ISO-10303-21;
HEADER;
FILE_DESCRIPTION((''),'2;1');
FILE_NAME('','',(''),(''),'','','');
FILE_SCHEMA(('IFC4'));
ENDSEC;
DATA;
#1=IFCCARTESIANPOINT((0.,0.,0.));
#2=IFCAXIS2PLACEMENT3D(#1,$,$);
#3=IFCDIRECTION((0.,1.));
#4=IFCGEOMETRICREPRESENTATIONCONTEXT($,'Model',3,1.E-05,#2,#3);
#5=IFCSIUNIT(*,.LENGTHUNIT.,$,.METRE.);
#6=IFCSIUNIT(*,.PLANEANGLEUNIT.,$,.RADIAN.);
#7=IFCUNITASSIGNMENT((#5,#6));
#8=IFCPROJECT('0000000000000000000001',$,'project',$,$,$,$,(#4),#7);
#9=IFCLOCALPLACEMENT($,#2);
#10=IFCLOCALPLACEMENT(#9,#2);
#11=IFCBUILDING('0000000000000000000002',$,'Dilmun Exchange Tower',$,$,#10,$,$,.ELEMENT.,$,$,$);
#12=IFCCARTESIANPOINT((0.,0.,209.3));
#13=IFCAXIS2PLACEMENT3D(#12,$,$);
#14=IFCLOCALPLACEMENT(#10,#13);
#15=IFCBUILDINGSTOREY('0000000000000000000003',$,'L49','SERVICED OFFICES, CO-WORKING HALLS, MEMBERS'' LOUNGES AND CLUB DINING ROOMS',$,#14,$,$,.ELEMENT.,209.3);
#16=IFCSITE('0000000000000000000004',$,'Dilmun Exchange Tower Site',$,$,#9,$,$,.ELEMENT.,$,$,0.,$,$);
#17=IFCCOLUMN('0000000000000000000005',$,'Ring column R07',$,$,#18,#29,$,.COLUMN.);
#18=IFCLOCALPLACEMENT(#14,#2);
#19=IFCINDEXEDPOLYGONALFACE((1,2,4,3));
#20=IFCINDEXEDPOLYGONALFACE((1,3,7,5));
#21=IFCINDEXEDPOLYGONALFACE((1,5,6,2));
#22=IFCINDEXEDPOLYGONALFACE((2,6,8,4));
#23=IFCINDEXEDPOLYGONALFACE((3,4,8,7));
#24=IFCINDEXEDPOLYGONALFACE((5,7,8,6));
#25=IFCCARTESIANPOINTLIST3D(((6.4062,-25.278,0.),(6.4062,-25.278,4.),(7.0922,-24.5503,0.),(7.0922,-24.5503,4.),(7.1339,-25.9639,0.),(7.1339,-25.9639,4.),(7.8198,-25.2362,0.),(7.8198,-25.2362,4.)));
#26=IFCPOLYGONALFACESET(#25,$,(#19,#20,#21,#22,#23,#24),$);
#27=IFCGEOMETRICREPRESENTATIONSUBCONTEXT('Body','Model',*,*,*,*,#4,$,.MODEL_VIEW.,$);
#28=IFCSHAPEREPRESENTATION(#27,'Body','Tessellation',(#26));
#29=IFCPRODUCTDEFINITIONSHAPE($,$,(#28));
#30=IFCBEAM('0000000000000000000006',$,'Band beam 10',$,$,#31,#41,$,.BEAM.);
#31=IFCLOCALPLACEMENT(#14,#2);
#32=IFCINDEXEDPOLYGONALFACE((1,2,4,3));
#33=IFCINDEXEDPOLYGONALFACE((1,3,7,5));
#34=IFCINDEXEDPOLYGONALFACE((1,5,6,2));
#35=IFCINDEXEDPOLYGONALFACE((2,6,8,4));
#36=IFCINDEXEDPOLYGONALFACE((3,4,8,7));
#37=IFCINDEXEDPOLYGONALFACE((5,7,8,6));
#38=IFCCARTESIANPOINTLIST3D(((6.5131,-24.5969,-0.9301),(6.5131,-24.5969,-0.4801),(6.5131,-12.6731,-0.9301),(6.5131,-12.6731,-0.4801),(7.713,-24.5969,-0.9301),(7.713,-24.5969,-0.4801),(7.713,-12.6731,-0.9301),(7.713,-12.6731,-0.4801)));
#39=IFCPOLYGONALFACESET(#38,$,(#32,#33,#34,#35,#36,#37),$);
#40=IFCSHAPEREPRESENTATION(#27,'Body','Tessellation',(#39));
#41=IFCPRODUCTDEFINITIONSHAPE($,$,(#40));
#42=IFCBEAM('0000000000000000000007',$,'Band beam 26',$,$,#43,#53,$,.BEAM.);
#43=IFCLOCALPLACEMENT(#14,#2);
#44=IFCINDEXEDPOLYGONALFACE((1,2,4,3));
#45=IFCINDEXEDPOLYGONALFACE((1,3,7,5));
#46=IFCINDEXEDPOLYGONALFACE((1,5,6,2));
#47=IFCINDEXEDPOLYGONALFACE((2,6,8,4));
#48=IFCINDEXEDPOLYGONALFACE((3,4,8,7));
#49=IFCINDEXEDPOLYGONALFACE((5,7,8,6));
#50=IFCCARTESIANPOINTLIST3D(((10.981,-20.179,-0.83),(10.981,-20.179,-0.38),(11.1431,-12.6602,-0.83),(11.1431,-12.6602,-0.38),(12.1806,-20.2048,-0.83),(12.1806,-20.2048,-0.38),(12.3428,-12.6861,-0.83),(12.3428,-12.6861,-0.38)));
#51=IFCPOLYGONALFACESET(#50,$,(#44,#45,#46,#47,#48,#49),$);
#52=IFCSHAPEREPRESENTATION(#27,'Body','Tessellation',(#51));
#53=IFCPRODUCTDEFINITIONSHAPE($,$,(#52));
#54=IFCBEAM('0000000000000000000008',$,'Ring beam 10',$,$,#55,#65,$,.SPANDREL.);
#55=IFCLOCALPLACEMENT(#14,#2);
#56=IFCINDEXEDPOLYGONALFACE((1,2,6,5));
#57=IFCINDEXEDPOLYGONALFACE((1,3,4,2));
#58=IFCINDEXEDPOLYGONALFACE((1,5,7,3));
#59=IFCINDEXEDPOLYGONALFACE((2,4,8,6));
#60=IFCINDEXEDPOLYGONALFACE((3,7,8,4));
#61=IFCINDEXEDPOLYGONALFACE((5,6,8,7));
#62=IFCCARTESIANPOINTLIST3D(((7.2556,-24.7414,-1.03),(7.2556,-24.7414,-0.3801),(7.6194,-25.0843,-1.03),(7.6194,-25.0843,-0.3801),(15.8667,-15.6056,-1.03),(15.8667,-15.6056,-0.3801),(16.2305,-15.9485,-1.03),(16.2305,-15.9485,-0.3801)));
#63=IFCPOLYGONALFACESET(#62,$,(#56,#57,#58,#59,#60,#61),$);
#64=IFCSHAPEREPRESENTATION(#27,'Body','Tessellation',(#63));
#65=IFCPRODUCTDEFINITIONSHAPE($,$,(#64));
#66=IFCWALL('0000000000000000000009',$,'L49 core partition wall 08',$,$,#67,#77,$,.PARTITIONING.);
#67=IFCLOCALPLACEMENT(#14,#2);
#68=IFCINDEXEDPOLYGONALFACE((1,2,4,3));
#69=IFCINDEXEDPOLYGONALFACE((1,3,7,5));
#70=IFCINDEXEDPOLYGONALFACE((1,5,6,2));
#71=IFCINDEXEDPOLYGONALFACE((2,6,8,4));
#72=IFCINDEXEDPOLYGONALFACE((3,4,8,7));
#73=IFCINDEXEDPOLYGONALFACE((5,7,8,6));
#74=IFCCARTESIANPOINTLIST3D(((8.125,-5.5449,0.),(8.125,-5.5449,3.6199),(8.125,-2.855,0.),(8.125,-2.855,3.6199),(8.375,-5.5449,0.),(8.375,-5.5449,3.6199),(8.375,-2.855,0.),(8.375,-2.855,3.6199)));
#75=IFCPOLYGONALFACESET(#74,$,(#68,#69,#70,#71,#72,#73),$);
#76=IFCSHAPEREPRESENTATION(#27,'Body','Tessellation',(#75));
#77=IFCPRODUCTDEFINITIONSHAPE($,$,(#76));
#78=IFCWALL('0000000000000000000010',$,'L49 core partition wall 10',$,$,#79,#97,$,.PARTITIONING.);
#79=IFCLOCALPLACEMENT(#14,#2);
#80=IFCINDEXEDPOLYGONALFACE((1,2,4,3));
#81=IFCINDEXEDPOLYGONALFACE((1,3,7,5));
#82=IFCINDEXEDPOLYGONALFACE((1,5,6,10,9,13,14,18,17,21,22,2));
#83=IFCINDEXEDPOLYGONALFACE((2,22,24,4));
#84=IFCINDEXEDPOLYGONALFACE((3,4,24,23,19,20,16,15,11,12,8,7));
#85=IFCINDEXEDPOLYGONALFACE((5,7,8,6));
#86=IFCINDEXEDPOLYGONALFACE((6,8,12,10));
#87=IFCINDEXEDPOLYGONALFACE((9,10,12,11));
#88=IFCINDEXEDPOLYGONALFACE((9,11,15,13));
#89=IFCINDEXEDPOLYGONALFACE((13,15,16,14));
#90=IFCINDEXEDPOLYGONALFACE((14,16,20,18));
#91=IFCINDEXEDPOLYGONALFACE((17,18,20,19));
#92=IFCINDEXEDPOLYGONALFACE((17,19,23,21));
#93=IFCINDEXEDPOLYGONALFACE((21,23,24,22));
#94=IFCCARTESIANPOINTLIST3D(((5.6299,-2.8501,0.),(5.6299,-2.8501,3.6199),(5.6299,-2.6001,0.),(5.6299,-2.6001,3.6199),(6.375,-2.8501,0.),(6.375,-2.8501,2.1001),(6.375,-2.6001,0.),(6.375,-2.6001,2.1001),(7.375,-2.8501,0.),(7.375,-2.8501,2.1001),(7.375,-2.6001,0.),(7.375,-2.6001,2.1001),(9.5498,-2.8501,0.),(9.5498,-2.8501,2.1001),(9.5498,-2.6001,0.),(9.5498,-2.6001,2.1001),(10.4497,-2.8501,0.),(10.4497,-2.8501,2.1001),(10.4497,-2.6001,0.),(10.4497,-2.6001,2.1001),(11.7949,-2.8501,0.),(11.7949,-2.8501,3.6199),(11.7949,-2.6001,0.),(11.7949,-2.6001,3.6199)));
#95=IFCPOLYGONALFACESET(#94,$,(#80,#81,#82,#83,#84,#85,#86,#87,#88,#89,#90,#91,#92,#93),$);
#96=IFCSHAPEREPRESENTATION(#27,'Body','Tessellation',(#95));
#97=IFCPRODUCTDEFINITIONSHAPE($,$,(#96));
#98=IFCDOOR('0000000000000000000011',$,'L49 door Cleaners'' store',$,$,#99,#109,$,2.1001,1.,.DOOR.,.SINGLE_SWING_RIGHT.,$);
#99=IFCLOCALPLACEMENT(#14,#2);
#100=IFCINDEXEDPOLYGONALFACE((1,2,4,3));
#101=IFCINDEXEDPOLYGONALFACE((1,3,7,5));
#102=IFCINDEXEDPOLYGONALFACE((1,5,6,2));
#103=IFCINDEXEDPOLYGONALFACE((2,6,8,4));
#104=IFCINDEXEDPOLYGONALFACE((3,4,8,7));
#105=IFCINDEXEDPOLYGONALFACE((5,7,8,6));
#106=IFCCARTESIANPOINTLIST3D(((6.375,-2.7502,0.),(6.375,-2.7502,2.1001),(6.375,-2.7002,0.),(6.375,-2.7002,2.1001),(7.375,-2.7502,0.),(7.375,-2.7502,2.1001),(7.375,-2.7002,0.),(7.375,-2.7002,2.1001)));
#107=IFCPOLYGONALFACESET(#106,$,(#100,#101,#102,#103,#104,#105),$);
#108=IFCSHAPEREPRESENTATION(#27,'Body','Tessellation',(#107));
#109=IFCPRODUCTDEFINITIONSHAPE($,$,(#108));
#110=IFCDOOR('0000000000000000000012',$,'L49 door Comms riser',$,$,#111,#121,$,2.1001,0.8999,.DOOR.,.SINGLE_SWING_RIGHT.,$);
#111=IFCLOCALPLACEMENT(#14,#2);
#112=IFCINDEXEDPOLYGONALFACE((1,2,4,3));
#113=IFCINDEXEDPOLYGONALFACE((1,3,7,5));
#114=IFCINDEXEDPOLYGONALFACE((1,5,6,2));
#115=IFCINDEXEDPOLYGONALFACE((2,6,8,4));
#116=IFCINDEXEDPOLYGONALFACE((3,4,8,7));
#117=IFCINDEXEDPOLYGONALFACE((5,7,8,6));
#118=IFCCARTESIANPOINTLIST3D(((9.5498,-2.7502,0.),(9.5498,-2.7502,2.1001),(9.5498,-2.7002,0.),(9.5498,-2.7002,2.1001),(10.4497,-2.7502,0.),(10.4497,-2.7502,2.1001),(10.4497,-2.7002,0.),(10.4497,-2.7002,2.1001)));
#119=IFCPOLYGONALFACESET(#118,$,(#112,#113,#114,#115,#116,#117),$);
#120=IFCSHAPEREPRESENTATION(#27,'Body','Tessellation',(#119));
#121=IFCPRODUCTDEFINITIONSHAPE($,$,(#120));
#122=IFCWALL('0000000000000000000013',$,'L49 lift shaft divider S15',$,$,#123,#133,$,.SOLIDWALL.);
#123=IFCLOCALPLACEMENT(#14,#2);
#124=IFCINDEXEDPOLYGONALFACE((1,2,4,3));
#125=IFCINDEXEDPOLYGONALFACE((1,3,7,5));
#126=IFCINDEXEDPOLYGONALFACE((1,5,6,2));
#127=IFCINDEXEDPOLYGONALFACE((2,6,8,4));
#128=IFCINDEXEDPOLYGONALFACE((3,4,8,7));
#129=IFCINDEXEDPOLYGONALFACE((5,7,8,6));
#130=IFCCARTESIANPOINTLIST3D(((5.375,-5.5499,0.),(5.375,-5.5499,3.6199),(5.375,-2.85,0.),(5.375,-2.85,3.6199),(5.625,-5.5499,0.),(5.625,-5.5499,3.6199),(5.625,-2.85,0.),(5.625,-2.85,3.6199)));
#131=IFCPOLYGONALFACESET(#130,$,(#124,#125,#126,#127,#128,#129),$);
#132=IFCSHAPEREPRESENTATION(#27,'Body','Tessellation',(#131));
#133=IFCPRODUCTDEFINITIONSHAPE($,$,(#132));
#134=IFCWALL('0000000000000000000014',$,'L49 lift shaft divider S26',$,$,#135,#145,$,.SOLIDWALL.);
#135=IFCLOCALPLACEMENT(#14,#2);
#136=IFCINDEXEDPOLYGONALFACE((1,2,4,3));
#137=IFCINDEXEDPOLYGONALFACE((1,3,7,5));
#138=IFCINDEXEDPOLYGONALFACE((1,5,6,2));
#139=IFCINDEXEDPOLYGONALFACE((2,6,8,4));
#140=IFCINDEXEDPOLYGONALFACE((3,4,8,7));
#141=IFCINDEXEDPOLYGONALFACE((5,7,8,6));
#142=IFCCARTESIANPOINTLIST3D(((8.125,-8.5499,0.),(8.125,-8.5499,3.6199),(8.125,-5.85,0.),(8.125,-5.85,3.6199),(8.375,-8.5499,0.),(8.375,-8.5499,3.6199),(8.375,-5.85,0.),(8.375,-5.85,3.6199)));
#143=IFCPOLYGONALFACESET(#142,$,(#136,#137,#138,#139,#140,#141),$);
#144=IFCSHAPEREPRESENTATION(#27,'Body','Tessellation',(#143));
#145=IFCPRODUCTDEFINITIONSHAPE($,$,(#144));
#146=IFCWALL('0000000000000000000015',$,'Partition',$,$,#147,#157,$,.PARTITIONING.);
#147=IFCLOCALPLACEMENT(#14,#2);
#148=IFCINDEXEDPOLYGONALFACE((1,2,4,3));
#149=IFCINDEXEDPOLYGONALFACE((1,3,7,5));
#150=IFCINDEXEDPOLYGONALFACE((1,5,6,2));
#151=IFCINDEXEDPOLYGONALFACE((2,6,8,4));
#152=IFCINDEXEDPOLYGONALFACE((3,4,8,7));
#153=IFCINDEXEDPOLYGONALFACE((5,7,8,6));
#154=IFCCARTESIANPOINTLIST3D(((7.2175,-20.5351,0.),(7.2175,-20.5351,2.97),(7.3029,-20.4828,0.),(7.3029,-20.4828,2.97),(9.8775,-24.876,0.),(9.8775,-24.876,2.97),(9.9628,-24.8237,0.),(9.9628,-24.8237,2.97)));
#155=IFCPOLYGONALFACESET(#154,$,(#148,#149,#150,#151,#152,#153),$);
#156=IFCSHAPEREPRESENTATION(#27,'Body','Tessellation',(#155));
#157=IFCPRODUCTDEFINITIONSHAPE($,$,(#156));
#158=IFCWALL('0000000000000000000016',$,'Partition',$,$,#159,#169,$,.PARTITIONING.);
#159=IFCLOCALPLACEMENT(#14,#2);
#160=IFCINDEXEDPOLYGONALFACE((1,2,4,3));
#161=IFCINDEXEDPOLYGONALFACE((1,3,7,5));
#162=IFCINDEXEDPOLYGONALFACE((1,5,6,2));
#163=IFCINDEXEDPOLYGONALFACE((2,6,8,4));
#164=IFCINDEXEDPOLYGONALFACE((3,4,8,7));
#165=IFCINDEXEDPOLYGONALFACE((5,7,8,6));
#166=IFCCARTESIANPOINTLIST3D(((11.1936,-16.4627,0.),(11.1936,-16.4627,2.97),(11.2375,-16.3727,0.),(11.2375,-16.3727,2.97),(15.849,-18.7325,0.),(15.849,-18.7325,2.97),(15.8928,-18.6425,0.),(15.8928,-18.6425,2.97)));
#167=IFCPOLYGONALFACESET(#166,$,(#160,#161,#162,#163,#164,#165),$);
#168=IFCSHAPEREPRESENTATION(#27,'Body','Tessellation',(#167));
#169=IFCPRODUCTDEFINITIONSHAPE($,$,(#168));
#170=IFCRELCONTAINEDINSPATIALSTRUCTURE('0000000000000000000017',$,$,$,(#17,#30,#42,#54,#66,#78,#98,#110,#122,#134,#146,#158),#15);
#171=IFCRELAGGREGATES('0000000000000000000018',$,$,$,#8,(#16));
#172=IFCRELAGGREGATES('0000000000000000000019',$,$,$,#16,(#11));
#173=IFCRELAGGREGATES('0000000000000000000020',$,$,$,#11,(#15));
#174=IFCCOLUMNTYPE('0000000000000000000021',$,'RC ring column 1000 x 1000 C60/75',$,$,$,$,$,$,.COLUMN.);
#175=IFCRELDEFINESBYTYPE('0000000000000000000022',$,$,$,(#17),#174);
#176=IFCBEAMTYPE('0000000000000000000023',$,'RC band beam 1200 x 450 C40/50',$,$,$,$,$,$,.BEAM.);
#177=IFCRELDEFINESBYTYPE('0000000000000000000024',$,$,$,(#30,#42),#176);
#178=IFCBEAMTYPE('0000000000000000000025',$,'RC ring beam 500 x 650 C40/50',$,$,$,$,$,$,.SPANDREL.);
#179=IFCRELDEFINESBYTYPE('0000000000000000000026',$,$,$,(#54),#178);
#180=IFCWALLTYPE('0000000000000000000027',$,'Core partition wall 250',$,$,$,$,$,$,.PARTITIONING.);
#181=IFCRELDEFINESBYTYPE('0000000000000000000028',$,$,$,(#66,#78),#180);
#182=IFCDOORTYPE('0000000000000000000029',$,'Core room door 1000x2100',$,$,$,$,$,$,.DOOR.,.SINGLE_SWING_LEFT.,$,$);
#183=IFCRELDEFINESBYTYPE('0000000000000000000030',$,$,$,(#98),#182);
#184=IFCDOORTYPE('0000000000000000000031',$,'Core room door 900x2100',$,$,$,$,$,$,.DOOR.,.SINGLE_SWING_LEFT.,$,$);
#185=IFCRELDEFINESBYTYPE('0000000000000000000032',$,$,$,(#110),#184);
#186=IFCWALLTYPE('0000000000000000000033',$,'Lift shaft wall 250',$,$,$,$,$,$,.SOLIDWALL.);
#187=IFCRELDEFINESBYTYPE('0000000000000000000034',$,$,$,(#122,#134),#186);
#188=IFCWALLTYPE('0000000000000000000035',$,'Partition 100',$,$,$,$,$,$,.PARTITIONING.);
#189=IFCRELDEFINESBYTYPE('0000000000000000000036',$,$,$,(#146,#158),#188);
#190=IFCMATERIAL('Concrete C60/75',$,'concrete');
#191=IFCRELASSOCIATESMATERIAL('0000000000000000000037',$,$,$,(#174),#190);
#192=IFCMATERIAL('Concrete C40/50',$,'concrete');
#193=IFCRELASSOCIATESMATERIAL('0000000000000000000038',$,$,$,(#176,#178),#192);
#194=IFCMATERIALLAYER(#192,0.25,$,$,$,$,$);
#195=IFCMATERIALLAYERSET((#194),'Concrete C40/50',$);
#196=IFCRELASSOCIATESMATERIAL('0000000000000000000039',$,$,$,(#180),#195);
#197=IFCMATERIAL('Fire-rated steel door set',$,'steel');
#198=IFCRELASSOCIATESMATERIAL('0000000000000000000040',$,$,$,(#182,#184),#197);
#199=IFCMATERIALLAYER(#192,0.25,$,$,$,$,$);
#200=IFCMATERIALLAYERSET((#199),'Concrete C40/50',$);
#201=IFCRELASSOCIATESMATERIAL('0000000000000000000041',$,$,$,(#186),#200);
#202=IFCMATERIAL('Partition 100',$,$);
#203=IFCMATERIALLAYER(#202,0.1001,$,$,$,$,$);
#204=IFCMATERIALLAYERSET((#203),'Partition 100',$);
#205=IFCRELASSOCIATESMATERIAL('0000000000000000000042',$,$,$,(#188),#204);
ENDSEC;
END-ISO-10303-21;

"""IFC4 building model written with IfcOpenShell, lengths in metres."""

from ifc_helpers import new_model, si_unit, direction, frame, frame_2d, origin, origin_2d, place, context, subcontext, project, spatial, rectangle, extrude, material, layer, layer_set, material_profile, profile_set, type_object, element, fill, save


model = new_model("IFC4")

# Units and contexts
model_context = context("Model", 3, precision=1e-05, world=origin(), true_north=direction((0.0, 1.0)))
body_context = subcontext(model_context, "Body", "Model", "MODEL_VIEW")
ifc_project = project(units=[si_unit("LENGTHUNIT", "METRE"), si_unit("PLANEANGLEUNIT", "RADIAN")], contexts=[model_context])

# Site, building, storey
site_placement = place(None, origin())
site = spatial("IfcSite", under=ifc_project, at=site_placement, Name="Dilmun Exchange Tower Site", CompositionType="ELEMENT", RefElevation=0.0)
building_placement = place(site_placement, origin())
building = spatial("IfcBuilding", under=site, at=building_placement, Name="Dilmun Exchange Tower", CompositionType="ELEMENT")
storey_placement = place(building_placement, frame((0.0, 0.0, 209.3)))
storey = spatial("IfcBuildingStorey", under=building, at=storey_placement, Name="L49", Description="SERVICED OFFICES, CO-WORKING HALLS, MEMBERS' LOUNGES AND CLUB DINING ROOMS", CompositionType="ELEMENT", Elevation=209.3)

# Column
ifc_material_1 = material(Name="Concrete C60/75", Category="concrete")
ifc_material_profile_1 = material_profile(ifc_material_1, rectangle(XDim=1.0, YDim=1.0, at=origin_2d()), Name="1000 x 1000")
ifc_profile_set_1 = profile_set([ifc_material_profile_1], Name="Concrete C60/75")
column_type = type_object("IfcColumnType", Name="RC ring column 1000 x 1000 C60/75", PredefinedType="COLUMN", material=ifc_profile_set_1)
column_placement = place(storey_placement, frame((7.113, -25.2571, 0.0), z_axis=(0.0, 0.0, 1.0), x_axis=(0.685916, 0.727681, 0.0)))
element("IfcColumn", 1, at=column_placement, inside=storey, type_object=column_type, Name="Ring column R07", PredefinedType="COLUMN", context=body_context, shape_type="SweptSolid", body=[
    extrude(rectangle(XDim=1.0, YDim=1.0, at=origin_2d()), origin(), (0.0, 0.0, 1.0), 4.0),
])

# Beams
ifc_material_2 = material(Name="Concrete C40/50", Category="concrete")
ifc_material_profile_2 = material_profile(ifc_material_2, rectangle(XDim=1.2, YDim=0.45, at=origin_2d()), Name="1200 x 450")
ifc_profile_set_2 = profile_set([ifc_material_profile_2], Name="Concrete C40/50")
beam_type_1 = type_object("IfcBeamType", Name="RC band beam 1200 x 450 C40/50", PredefinedType="BEAM", material=ifc_profile_set_2)
beam_1_placement = place(storey_placement, frame((7.113, -24.5969, -0.7051), z_axis=(0.0, 1.0, 0.0), x_axis=(-1.0, 0.0, 0.0)))
element("IfcBeam", 2, at=beam_1_placement, inside=storey, type_object=beam_type_1, Name="Band beam 10", PredefinedType="BEAM", context=body_context, shape_type="SweptSolid", body=[
    extrude(rectangle(XDim=1.2, YDim=0.45, at=origin_2d()), origin(), (0.0, 0.0, 1.0), 11.9238),
])
beam_2_placement = place(storey_placement, frame((11.5808, -20.1919, -0.605), z_axis=(0.021556, 0.999768, 0.0), x_axis=(-0.999768, 0.021556, 0.0)))
element("IfcBeam", 3, at=beam_2_placement, inside=storey, type_object=beam_type_1, Name="Band beam 26", PredefinedType="BEAM", context=body_context, shape_type="SweptSolid", body=[
    extrude(rectangle(XDim=1.2, YDim=0.45, at=origin_2d()), origin(), (0.0, 0.0, 1.0), 7.5205),
])
ifc_material_profile_3 = material_profile(ifc_material_2, rectangle(XDim=0.5, YDim=0.6499, at=origin_2d()), Name="500 x 650")
ifc_profile_set_3 = profile_set([ifc_material_profile_3], Name="Concrete C40/50")
beam_type_2 = type_object("IfcBeamType", Name="RC ring beam 500 x 650 C40/50", PredefinedType="SPANDREL", material=ifc_profile_set_3)
beam_3_placement = place(storey_placement, frame((7.4375, -24.9128, -0.7051), z_axis=(0.685903, 0.727693, 0.0), x_axis=(-0.727693, 0.685903, 0.0)))
element("IfcBeam", 4, at=beam_3_placement, inside=storey, type_object=beam_type_2, Name="Ring beam 10", PredefinedType="SPANDREL", context=body_context, shape_type="SweptSolid", body=[
    extrude(rectangle(XDim=0.5, YDim=0.6499, at=origin_2d()), origin(), (0.0, 0.0, 1.0), 12.5544),
])

# Wall
ifc_layer_1 = layer(ifc_material_2, 0.25)
ifc_layer_set_1 = layer_set([ifc_layer_1], Name="Concrete C40/50")
wall_type_1 = type_object("IfcWallType", Name="Core partition wall 250", PredefinedType="PARTITIONING", material=ifc_layer_set_1)
wall_1_placement = place(storey_placement, frame((8.25, -5.5449, 0.0), z_axis=(0.0, 0.0, 1.0), x_axis=(0.0, 1.0, 0.0)))
element("IfcWall", 5, at=wall_1_placement, inside=storey, type_object=wall_type_1, Name="L49 core partition wall 08", PredefinedType="PARTITIONING", context=body_context, shape_type="SweptSolid", body=[
    extrude(rectangle(XDim=2.6899, YDim=0.25, at=frame_2d((1.345, 0.0))), origin(), (0.0, 0.0, 1.0), 3.6199),
])

# Wall, openings, doors
wall_2_placement = place(storey_placement, frame((5.6299, -2.7251, 0.0), z_axis=(0.0, 0.0, 1.0), x_axis=(1.0, 0.0, 0.0)))
wall_2 = element("IfcWall", 6, at=wall_2_placement, inside=storey, type_object=wall_type_1, Name="L49 core partition wall 10", PredefinedType="PARTITIONING", context=body_context, shape_type="SweptSolid", body=[
    extrude(rectangle(XDim=6.165, YDim=0.25, at=frame_2d((3.0825, 0.0))), origin(), (0.0, 0.0, 1.0), 3.6199),
])
opening_1_placement = place(wall_2_placement, frame((0.7451, 0.0, 0.0)))
opening_1 = element("IfcOpeningElement", 7, at=opening_1_placement, cuts=wall_2, PredefinedType="OPENING", context=body_context, shape_type="SweptSolid", body=[
    extrude(rectangle(XDim=1.0, YDim=2.1001, at=frame_2d((0.5, 1.05))), frame((0.0, 0.135, 0.0), z_axis=(0.0, -1.0, 0.0), x_axis=(1.0, 0.0, 0.0)), (0.0, 0.0, 1.0), 0.27),
])
opening_2_placement = place(wall_2_placement, frame((3.9199, 0.0, 0.0)))
opening_2 = element("IfcOpeningElement", 8, at=opening_2_placement, cuts=wall_2, PredefinedType="OPENING", context=body_context, shape_type="SweptSolid", body=[
    extrude(rectangle(XDim=0.8999, YDim=2.1001, at=frame_2d((0.45, 1.05))), frame((0.0, 0.135, 0.0), z_axis=(0.0, -1.0, 0.0), x_axis=(1.0, 0.0, 0.0)), (0.0, 0.0, 1.0), 0.27),
])
ifc_material_3 = material(Name="Fire-rated steel door set", Category="steel")
door_type_1 = type_object("IfcDoorType", Name="Core room door 1000x2100", OperationType="SINGLE_SWING_LEFT", PredefinedType="DOOR", material=ifc_material_3)
door_1_placement = place(opening_1_placement, origin())
door_1 = element("IfcDoor", 9, at=door_1_placement, inside=storey, type_object=door_type_1, Name="L49 door Cleaners' store", OperationType="SINGLE_SWING_RIGHT", OverallHeight=2.1001, OverallWidth=1.0, PredefinedType="DOOR", context=body_context, shape_type="SweptSolid", body=[
    extrude(rectangle(XDim=1.0, YDim=2.1001, at=frame_2d((0.5, 1.05))), frame((0.0, 0.0249, 0.0), z_axis=(0.0, -1.0, 0.0), x_axis=(1.0, 0.0, 0.0)), (0.0, 0.0, 1.0), 0.05),
])
fill(opening_1, door_1)
door_type_2 = type_object("IfcDoorType", Name="Core room door 900x2100", OperationType="SINGLE_SWING_LEFT", PredefinedType="DOOR", material=ifc_material_3)
door_2_placement = place(opening_2_placement, origin())
door_2 = element("IfcDoor", 10, at=door_2_placement, inside=storey, type_object=door_type_2, Name="L49 door Comms riser", OperationType="SINGLE_SWING_RIGHT", OverallHeight=2.1001, OverallWidth=0.8999, PredefinedType="DOOR", context=body_context, shape_type="SweptSolid", body=[
    extrude(rectangle(XDim=0.8999, YDim=2.1001, at=frame_2d((0.45, 1.05))), frame((0.0, 0.0249, 0.0), z_axis=(0.0, -1.0, 0.0), x_axis=(1.0, 0.0, 0.0)), (0.0, 0.0, 1.0), 0.05),
])
fill(opening_2, door_2)

# Walls
ifc_layer_2 = layer(ifc_material_2, 0.25)
ifc_layer_set_2 = layer_set([ifc_layer_2], Name="Concrete C40/50")
wall_type_2 = type_object("IfcWallType", Name="Lift shaft wall 250", PredefinedType="SOLIDWALL", material=ifc_layer_set_2)
for number, where, z_axis, x_axis, name in (
    (11, (5.5, -5.55, 0.0), (0.0, 0.0, 1.0), (0.0, 1.0, 0.0), "L49 lift shaft divider S15"),
    (12, (8.25, -8.55, 0.0), (0.0, 0.0, 1.0), (0.0, 1.0, 0.0), "L49 lift shaft divider S26"),
):
    element("IfcWall", number, at=place(storey_placement, frame(where, z_axis=z_axis, x_axis=x_axis)), inside=storey, type_object=wall_type_2, Name=name, PredefinedType="SOLIDWALL", context=body_context, shape_type="SweptSolid", body=[
        extrude(rectangle(XDim=2.7, YDim=0.25, at=frame_2d((1.3501, 0.0))), origin(), (0.0, 0.0, 1.0), 3.6199),
    ])
ifc_material_4 = material(Name="Partition 100")
ifc_layer_3 = layer(ifc_material_4, 0.1001)
ifc_layer_set_3 = layer_set([ifc_layer_3], Name="Partition 100")
wall_type_3 = type_object("IfcWallType", Name="Partition 100", PredefinedType="PARTITIONING", material=ifc_layer_set_3)
wall_3_placement = place(storey_placement, frame((7.2603, -20.509, 0.0), z_axis=(0.0, 0.0, 1.0), x_axis=(0.522478, -0.852653, 0.0)))
element("IfcWall", 13, at=wall_3_placement, inside=storey, type_object=wall_type_3, Name="Partition", PredefinedType="PARTITIONING", context=body_context, shape_type="SweptSolid", body=[
    extrude(rectangle(XDim=5.0911, YDim=0.1001, at=frame_2d((2.5454, 0.0))), origin(), (0.0, 0.0, 1.0), 2.97),
])
wall_4_placement = place(storey_placement, frame((11.2156, -16.4177, 0.0), z_axis=(0.0, 0.0, 1.0), x_axis=(0.898851, -0.438254, 0.0)))
element("IfcWall", 14, at=wall_4_placement, inside=storey, type_object=wall_type_3, Name="Partition", PredefinedType="PARTITIONING", context=body_context, shape_type="SweptSolid", body=[
    extrude(rectangle(XDim=5.1792, YDim=0.1001, at=frame_2d((2.5896, 0.0))), origin(), (0.0, 0.0, 1.0), 2.97),
])

save(model, "model.ifc")
